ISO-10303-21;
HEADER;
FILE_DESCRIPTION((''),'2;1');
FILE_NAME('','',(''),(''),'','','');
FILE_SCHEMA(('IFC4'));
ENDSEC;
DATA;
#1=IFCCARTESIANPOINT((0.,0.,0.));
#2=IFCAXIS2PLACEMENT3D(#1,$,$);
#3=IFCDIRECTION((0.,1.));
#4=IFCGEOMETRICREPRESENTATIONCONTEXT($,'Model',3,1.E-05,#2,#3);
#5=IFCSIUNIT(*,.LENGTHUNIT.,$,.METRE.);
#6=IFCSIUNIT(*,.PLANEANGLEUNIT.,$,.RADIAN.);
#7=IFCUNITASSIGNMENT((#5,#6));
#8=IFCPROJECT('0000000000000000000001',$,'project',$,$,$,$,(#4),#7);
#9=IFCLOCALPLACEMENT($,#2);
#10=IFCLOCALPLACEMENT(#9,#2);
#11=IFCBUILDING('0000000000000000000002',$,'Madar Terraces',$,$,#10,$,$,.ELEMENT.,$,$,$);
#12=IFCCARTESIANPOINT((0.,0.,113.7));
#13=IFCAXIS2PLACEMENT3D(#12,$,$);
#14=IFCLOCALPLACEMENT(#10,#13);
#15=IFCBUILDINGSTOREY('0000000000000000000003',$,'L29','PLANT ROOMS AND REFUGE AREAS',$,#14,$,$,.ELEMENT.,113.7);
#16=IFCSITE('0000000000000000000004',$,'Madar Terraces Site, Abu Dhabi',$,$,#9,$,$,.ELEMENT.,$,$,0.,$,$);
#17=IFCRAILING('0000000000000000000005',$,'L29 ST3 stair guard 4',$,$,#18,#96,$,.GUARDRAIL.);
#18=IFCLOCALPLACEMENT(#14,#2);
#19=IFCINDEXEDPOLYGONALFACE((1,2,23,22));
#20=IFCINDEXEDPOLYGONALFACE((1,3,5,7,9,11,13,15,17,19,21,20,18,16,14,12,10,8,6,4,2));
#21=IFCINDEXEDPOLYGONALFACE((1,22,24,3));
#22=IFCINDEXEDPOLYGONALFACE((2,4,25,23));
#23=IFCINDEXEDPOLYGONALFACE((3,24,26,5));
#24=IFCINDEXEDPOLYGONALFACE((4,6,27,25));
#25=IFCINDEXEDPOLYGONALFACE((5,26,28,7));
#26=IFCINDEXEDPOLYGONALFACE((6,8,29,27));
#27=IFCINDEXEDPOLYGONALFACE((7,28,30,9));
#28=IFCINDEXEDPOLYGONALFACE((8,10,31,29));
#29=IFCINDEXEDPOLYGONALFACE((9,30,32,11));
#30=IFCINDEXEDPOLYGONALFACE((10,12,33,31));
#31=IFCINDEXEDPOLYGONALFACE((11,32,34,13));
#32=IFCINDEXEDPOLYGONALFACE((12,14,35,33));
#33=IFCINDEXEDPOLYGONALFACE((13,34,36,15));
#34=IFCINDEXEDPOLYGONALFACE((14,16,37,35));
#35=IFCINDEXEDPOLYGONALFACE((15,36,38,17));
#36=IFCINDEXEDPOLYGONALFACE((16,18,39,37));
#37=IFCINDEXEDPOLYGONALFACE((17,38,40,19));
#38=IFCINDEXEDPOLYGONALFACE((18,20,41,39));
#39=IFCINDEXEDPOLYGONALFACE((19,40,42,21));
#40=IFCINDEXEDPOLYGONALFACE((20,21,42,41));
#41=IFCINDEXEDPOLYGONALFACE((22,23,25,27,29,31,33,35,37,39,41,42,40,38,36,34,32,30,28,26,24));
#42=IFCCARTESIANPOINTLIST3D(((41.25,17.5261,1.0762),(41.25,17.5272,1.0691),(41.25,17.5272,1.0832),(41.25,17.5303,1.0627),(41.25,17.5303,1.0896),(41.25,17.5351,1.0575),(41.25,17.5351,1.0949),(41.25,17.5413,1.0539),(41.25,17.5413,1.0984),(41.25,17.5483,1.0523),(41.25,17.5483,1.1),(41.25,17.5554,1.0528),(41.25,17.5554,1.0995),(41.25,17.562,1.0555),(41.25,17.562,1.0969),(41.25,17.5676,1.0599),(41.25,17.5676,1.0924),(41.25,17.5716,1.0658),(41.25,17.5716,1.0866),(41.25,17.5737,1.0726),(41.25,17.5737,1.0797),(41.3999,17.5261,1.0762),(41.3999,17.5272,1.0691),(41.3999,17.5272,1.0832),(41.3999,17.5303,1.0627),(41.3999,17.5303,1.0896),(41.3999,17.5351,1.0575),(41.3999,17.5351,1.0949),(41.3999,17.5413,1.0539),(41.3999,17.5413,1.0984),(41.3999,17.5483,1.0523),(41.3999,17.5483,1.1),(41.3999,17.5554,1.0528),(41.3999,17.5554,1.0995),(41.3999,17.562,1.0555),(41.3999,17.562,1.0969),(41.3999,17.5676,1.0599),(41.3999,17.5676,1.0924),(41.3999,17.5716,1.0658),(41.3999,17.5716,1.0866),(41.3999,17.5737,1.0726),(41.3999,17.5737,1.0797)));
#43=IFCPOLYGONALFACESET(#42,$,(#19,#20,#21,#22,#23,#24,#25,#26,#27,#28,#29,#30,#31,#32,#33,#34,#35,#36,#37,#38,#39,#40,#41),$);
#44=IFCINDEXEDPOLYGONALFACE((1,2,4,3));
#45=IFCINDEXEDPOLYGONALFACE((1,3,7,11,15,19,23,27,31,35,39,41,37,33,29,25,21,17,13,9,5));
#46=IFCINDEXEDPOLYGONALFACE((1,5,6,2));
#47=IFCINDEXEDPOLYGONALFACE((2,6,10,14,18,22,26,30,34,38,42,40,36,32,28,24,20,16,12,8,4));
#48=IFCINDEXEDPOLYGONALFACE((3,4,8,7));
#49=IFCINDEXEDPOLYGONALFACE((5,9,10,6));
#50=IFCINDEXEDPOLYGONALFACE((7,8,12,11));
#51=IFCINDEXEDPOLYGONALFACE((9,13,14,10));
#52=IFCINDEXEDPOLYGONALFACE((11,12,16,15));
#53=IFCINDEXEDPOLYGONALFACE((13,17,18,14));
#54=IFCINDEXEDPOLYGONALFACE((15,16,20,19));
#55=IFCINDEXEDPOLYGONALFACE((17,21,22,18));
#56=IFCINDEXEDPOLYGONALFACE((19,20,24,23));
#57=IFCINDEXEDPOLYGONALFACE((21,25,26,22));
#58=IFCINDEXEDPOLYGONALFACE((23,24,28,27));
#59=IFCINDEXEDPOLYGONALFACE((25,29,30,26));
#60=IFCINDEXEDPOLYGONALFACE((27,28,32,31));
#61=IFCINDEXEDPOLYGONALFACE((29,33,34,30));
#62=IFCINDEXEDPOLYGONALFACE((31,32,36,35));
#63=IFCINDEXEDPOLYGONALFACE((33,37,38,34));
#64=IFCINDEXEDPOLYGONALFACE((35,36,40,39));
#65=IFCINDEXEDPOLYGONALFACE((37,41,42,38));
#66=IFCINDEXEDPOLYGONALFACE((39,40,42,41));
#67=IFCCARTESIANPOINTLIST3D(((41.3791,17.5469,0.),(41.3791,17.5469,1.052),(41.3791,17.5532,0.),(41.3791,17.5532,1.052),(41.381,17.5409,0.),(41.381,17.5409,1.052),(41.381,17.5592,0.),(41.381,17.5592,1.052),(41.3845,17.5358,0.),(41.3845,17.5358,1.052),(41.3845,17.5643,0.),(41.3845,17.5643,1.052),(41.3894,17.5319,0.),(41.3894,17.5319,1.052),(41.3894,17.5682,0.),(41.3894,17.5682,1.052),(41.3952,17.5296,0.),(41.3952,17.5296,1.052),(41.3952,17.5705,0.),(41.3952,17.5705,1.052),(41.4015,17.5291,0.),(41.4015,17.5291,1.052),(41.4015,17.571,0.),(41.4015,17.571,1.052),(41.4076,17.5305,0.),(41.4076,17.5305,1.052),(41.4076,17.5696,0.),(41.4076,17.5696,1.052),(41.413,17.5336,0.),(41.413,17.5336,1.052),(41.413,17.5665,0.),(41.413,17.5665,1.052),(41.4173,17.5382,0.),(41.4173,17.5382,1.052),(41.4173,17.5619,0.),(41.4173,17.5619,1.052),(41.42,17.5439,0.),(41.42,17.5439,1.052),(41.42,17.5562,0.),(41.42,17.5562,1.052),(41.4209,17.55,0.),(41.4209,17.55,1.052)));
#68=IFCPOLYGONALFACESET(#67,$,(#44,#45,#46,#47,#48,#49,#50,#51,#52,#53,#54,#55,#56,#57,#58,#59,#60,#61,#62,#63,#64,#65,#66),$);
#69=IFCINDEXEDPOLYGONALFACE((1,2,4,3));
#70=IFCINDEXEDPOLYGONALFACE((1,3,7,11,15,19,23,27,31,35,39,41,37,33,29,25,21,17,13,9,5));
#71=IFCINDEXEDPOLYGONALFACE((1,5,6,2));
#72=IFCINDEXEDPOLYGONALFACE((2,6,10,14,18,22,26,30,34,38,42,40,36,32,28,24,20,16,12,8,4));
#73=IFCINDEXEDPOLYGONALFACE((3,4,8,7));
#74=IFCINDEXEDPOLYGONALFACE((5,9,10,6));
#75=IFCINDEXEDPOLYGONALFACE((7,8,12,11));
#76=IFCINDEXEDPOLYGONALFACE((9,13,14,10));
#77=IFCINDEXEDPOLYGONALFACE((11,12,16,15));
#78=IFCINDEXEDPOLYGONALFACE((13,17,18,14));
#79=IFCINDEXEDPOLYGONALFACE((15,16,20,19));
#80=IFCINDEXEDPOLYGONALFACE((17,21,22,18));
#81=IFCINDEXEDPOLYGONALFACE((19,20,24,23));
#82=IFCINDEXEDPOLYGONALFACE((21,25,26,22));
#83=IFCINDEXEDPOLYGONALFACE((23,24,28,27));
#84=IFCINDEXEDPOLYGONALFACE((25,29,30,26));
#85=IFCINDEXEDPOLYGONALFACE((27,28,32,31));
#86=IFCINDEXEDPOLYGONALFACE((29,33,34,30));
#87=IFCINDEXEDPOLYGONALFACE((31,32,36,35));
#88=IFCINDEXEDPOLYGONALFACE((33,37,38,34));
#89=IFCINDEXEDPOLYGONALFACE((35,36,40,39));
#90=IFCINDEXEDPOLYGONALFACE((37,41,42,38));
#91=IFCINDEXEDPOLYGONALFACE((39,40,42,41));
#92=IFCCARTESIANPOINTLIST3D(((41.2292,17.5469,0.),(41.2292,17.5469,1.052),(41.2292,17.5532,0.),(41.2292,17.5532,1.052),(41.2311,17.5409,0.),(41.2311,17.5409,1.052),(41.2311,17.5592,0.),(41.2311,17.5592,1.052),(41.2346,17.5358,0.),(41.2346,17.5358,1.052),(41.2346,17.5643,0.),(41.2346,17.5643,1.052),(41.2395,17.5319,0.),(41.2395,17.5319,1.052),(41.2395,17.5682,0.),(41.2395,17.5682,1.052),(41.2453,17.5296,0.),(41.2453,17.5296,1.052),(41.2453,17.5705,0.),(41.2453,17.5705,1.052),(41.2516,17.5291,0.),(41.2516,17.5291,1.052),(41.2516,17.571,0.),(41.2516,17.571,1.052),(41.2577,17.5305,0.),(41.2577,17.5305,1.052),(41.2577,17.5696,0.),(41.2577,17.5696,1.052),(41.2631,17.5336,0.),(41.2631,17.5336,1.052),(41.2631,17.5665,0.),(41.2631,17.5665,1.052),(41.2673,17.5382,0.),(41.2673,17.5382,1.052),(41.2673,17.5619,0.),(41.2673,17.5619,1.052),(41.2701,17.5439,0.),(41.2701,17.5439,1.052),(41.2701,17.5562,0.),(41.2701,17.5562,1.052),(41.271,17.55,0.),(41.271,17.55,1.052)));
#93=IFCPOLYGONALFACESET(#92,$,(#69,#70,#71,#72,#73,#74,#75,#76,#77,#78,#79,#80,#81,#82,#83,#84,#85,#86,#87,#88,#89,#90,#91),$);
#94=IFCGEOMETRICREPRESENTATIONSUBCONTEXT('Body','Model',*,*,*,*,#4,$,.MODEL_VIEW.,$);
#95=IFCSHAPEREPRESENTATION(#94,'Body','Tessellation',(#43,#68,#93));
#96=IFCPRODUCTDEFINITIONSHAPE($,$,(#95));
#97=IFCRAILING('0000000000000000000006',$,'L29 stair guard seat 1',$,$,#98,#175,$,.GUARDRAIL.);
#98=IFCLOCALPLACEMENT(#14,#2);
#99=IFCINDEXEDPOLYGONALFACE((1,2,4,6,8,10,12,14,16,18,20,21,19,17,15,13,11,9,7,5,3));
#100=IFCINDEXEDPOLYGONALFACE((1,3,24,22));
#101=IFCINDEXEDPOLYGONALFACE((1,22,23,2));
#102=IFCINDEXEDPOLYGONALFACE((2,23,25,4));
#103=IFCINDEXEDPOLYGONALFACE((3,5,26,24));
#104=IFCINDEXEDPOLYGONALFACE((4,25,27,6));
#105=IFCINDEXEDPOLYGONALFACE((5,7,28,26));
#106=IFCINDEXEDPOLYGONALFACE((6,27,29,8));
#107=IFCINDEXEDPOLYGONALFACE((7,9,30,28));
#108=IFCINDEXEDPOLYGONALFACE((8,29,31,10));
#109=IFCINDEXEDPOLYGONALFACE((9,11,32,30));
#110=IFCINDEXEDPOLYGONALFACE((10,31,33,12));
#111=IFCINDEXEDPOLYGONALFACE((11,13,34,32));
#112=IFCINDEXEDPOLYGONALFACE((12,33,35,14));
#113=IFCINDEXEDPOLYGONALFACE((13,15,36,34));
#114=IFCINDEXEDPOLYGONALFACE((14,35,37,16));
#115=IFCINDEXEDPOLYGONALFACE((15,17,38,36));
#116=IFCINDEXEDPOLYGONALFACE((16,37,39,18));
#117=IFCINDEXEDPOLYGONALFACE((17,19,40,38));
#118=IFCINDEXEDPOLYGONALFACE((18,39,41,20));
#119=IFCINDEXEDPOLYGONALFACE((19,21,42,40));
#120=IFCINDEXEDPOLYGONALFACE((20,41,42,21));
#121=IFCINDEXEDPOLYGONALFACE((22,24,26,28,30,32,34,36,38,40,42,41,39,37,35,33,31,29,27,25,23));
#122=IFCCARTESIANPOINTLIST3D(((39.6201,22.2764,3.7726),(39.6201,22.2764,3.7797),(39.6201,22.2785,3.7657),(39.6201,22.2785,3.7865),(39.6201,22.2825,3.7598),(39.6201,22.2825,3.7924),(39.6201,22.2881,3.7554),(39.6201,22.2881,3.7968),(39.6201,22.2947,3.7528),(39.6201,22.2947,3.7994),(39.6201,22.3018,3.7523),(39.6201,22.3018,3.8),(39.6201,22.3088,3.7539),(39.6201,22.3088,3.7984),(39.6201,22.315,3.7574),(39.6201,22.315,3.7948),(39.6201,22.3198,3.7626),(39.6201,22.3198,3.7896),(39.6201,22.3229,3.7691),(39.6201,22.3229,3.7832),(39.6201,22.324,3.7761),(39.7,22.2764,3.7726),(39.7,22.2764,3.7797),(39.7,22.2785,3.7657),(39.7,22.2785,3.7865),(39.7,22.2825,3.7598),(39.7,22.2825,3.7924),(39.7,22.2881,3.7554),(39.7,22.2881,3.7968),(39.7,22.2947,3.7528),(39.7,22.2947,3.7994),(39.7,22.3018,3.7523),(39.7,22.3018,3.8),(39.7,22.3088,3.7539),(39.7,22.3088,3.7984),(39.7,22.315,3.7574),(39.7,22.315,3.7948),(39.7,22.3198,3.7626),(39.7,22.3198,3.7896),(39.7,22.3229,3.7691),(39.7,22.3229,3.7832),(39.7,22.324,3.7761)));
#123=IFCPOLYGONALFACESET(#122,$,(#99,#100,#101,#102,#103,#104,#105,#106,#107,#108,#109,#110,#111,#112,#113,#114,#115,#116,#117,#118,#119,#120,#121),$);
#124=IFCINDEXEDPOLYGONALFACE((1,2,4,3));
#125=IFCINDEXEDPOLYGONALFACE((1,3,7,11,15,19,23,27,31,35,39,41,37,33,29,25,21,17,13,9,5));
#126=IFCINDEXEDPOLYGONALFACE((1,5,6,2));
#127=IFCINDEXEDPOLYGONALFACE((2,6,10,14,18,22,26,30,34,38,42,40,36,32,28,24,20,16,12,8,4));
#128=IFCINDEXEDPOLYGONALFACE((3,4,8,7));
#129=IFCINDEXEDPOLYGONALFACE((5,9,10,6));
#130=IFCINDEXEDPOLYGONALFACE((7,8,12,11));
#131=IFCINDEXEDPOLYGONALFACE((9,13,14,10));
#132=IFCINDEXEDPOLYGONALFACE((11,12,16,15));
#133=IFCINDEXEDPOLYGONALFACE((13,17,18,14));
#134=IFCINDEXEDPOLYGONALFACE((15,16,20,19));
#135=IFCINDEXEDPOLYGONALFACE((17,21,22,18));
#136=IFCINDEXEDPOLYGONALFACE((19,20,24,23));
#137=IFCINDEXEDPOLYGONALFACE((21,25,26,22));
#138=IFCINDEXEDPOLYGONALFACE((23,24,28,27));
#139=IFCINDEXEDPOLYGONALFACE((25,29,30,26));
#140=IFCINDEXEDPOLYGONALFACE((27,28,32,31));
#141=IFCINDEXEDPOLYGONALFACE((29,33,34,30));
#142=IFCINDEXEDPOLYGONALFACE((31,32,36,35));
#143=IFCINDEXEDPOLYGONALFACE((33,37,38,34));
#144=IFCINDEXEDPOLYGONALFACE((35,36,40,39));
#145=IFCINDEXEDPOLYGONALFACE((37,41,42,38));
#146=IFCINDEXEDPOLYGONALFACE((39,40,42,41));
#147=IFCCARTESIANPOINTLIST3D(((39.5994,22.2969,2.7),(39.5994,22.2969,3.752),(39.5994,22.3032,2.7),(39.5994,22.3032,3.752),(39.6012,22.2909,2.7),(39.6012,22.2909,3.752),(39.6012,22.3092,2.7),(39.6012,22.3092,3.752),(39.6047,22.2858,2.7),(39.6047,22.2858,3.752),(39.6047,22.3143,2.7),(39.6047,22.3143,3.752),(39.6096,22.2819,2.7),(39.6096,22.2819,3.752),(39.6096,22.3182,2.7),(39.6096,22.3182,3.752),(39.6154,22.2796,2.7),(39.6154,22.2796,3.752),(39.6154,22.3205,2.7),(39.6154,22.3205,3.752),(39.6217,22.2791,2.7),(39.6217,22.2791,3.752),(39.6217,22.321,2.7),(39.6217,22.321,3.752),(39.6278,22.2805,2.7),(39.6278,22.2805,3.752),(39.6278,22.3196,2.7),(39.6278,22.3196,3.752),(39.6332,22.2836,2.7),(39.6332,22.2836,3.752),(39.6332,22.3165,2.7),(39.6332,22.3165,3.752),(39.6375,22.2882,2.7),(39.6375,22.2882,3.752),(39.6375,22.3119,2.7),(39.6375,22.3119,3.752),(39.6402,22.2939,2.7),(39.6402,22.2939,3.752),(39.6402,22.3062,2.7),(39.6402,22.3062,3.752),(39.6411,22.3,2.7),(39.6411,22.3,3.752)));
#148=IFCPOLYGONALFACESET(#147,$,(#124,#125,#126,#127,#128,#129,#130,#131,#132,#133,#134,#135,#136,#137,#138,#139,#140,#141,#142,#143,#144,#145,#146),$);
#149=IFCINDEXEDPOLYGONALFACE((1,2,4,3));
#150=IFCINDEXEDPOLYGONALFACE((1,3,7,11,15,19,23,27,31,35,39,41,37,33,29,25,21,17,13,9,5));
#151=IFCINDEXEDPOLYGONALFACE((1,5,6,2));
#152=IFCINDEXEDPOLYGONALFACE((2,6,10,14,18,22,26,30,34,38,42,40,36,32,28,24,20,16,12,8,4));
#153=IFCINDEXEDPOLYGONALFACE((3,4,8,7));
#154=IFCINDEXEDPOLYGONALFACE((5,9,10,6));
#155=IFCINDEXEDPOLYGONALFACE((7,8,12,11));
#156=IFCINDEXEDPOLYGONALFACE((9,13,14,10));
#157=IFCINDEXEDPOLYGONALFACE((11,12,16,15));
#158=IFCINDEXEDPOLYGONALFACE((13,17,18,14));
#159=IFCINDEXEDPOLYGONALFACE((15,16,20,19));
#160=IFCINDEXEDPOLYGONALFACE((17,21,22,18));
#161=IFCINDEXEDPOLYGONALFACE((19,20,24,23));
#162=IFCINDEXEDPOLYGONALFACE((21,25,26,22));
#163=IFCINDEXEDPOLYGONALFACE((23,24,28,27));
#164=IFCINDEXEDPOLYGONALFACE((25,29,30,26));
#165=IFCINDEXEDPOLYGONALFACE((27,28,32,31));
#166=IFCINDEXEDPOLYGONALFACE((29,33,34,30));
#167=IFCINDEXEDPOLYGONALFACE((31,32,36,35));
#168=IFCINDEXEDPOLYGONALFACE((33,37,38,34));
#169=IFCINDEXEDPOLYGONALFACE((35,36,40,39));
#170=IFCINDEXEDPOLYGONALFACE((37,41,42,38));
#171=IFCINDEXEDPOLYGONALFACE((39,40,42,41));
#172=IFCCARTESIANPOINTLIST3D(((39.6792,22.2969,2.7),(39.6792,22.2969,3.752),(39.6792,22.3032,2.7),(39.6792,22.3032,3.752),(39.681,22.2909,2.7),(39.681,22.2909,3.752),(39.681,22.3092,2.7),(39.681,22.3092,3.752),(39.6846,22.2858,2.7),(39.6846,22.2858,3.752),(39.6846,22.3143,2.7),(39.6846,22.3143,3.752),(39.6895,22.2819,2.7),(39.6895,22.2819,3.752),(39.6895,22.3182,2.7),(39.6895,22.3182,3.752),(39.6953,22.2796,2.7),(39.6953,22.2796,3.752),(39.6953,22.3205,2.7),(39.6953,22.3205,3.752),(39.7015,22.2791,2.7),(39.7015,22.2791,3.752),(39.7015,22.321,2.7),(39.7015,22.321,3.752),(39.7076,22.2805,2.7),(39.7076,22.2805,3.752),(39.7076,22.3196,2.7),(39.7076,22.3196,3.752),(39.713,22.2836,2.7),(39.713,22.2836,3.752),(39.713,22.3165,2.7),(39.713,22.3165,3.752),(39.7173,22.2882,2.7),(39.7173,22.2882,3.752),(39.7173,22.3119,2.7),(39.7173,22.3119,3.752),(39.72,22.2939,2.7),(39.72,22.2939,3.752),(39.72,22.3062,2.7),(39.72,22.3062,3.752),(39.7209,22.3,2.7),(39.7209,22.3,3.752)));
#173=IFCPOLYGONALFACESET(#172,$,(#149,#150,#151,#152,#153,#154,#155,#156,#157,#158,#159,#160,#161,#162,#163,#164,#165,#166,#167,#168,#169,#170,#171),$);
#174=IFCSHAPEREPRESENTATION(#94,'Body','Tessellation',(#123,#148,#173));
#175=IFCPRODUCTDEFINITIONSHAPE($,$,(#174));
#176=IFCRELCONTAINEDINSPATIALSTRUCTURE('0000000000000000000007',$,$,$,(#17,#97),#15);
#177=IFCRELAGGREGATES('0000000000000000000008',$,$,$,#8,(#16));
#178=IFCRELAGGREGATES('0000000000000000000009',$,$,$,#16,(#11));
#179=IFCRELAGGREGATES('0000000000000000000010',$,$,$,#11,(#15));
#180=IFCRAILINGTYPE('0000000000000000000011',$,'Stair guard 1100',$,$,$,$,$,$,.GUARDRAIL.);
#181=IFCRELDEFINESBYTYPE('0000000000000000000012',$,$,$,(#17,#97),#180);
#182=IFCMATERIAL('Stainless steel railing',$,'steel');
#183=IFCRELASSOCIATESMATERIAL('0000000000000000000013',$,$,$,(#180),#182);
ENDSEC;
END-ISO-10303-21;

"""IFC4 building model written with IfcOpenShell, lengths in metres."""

from ifc_helpers import new_model, si_unit, direction, frame, origin, origin_2d, place, context, subcontext, project, spatial, circle, extrude, material, type_object, element, save


model = new_model("IFC4")

# Units and contexts
model_context = context("Model", 3, precision=1e-05, world=origin(), true_north=direction((0.0, 1.0)))
body_context = subcontext(model_context, "Body", "Model", "MODEL_VIEW")
ifc_project = project(units=[si_unit("LENGTHUNIT", "METRE"), si_unit("PLANEANGLEUNIT", "RADIAN")], contexts=[model_context])

# Site, building, storey
site_placement = place(None, origin())
site = spatial("IfcSite", under=ifc_project, at=site_placement, Name="Madar Terraces Site, Abu Dhabi", CompositionType="ELEMENT", RefElevation=0.0)
building_placement = place(site_placement, origin())
building = spatial("IfcBuilding", under=site, at=building_placement, Name="Madar Terraces", CompositionType="ELEMENT")
storey_placement = place(building_placement, frame((0.0, 0.0, 113.7)))
storey = spatial("IfcBuildingStorey", under=building, at=storey_placement, Name="L29", Description="PLANT ROOMS AND REFUGE AREAS", CompositionType="ELEMENT", Elevation=113.7)

# Railings
ifc_material_1 = material(Name="Stainless steel railing", Category="steel")
railing_type_1 = type_object("IfcRailingType", Name="Stair guard 1100", PredefinedType="GUARDRAIL", material=ifc_material_1)
railing_1_placement = place(storey_placement, frame((41.3999, 17.55, 0.0)))
element("IfcRailing", 1, at=railing_1_placement, inside=storey, type_object=railing_type_1, Name="L29 ST3 stair guard 4", PredefinedType="GUARDRAIL", context=body_context, shape_type="SweptSolid", body=[
    extrude(circle(Radius=0.0239, at=origin_2d()), frame((0.0, 0.0, 1.0762), z_axis=(-1.0, 0.0, 0.0), x_axis=(0.0, -1.0, 0.0)), (0.0, 0.0, 1.0), 0.1499),
    extrude(circle(Radius=0.021, at=origin_2d()), origin(), (0.0, 0.0, 1.0), 1.052),
    extrude(circle(Radius=0.021, at=origin_2d()), frame((-0.1499, 0.0, 0.0)), (0.0, 0.0, 1.0), 1.052),
])
for number, where, name in (
    (2, (39.6201, 22.3, 2.7), "L29 stair guard seat 1"),
):
    element("IfcRailing", number, at=place(storey_placement, frame(where)), inside=storey, type_object=railing_type_1, Name=name, PredefinedType="GUARDRAIL", context=body_context, shape_type="SweptSolid", body=[
        extrude(circle(Radius=0.0239, at=origin_2d()), frame((0.0, 0.0, 1.0762), z_axis=(1.0, 0.0, 0.0), x_axis=(0.0, 1.0, 0.0)), (0.0, 0.0, 1.0), 0.0798),
        extrude(circle(Radius=0.021, at=origin_2d()), origin(), (0.0, 0.0, 1.0), 1.052),
        extrude(circle(Radius=0.021, at=origin_2d()), frame((0.0798, 0.0, 0.0)), (0.0, 0.0, 1.0), 1.052),
    ])

save(model, "model.ifc")
